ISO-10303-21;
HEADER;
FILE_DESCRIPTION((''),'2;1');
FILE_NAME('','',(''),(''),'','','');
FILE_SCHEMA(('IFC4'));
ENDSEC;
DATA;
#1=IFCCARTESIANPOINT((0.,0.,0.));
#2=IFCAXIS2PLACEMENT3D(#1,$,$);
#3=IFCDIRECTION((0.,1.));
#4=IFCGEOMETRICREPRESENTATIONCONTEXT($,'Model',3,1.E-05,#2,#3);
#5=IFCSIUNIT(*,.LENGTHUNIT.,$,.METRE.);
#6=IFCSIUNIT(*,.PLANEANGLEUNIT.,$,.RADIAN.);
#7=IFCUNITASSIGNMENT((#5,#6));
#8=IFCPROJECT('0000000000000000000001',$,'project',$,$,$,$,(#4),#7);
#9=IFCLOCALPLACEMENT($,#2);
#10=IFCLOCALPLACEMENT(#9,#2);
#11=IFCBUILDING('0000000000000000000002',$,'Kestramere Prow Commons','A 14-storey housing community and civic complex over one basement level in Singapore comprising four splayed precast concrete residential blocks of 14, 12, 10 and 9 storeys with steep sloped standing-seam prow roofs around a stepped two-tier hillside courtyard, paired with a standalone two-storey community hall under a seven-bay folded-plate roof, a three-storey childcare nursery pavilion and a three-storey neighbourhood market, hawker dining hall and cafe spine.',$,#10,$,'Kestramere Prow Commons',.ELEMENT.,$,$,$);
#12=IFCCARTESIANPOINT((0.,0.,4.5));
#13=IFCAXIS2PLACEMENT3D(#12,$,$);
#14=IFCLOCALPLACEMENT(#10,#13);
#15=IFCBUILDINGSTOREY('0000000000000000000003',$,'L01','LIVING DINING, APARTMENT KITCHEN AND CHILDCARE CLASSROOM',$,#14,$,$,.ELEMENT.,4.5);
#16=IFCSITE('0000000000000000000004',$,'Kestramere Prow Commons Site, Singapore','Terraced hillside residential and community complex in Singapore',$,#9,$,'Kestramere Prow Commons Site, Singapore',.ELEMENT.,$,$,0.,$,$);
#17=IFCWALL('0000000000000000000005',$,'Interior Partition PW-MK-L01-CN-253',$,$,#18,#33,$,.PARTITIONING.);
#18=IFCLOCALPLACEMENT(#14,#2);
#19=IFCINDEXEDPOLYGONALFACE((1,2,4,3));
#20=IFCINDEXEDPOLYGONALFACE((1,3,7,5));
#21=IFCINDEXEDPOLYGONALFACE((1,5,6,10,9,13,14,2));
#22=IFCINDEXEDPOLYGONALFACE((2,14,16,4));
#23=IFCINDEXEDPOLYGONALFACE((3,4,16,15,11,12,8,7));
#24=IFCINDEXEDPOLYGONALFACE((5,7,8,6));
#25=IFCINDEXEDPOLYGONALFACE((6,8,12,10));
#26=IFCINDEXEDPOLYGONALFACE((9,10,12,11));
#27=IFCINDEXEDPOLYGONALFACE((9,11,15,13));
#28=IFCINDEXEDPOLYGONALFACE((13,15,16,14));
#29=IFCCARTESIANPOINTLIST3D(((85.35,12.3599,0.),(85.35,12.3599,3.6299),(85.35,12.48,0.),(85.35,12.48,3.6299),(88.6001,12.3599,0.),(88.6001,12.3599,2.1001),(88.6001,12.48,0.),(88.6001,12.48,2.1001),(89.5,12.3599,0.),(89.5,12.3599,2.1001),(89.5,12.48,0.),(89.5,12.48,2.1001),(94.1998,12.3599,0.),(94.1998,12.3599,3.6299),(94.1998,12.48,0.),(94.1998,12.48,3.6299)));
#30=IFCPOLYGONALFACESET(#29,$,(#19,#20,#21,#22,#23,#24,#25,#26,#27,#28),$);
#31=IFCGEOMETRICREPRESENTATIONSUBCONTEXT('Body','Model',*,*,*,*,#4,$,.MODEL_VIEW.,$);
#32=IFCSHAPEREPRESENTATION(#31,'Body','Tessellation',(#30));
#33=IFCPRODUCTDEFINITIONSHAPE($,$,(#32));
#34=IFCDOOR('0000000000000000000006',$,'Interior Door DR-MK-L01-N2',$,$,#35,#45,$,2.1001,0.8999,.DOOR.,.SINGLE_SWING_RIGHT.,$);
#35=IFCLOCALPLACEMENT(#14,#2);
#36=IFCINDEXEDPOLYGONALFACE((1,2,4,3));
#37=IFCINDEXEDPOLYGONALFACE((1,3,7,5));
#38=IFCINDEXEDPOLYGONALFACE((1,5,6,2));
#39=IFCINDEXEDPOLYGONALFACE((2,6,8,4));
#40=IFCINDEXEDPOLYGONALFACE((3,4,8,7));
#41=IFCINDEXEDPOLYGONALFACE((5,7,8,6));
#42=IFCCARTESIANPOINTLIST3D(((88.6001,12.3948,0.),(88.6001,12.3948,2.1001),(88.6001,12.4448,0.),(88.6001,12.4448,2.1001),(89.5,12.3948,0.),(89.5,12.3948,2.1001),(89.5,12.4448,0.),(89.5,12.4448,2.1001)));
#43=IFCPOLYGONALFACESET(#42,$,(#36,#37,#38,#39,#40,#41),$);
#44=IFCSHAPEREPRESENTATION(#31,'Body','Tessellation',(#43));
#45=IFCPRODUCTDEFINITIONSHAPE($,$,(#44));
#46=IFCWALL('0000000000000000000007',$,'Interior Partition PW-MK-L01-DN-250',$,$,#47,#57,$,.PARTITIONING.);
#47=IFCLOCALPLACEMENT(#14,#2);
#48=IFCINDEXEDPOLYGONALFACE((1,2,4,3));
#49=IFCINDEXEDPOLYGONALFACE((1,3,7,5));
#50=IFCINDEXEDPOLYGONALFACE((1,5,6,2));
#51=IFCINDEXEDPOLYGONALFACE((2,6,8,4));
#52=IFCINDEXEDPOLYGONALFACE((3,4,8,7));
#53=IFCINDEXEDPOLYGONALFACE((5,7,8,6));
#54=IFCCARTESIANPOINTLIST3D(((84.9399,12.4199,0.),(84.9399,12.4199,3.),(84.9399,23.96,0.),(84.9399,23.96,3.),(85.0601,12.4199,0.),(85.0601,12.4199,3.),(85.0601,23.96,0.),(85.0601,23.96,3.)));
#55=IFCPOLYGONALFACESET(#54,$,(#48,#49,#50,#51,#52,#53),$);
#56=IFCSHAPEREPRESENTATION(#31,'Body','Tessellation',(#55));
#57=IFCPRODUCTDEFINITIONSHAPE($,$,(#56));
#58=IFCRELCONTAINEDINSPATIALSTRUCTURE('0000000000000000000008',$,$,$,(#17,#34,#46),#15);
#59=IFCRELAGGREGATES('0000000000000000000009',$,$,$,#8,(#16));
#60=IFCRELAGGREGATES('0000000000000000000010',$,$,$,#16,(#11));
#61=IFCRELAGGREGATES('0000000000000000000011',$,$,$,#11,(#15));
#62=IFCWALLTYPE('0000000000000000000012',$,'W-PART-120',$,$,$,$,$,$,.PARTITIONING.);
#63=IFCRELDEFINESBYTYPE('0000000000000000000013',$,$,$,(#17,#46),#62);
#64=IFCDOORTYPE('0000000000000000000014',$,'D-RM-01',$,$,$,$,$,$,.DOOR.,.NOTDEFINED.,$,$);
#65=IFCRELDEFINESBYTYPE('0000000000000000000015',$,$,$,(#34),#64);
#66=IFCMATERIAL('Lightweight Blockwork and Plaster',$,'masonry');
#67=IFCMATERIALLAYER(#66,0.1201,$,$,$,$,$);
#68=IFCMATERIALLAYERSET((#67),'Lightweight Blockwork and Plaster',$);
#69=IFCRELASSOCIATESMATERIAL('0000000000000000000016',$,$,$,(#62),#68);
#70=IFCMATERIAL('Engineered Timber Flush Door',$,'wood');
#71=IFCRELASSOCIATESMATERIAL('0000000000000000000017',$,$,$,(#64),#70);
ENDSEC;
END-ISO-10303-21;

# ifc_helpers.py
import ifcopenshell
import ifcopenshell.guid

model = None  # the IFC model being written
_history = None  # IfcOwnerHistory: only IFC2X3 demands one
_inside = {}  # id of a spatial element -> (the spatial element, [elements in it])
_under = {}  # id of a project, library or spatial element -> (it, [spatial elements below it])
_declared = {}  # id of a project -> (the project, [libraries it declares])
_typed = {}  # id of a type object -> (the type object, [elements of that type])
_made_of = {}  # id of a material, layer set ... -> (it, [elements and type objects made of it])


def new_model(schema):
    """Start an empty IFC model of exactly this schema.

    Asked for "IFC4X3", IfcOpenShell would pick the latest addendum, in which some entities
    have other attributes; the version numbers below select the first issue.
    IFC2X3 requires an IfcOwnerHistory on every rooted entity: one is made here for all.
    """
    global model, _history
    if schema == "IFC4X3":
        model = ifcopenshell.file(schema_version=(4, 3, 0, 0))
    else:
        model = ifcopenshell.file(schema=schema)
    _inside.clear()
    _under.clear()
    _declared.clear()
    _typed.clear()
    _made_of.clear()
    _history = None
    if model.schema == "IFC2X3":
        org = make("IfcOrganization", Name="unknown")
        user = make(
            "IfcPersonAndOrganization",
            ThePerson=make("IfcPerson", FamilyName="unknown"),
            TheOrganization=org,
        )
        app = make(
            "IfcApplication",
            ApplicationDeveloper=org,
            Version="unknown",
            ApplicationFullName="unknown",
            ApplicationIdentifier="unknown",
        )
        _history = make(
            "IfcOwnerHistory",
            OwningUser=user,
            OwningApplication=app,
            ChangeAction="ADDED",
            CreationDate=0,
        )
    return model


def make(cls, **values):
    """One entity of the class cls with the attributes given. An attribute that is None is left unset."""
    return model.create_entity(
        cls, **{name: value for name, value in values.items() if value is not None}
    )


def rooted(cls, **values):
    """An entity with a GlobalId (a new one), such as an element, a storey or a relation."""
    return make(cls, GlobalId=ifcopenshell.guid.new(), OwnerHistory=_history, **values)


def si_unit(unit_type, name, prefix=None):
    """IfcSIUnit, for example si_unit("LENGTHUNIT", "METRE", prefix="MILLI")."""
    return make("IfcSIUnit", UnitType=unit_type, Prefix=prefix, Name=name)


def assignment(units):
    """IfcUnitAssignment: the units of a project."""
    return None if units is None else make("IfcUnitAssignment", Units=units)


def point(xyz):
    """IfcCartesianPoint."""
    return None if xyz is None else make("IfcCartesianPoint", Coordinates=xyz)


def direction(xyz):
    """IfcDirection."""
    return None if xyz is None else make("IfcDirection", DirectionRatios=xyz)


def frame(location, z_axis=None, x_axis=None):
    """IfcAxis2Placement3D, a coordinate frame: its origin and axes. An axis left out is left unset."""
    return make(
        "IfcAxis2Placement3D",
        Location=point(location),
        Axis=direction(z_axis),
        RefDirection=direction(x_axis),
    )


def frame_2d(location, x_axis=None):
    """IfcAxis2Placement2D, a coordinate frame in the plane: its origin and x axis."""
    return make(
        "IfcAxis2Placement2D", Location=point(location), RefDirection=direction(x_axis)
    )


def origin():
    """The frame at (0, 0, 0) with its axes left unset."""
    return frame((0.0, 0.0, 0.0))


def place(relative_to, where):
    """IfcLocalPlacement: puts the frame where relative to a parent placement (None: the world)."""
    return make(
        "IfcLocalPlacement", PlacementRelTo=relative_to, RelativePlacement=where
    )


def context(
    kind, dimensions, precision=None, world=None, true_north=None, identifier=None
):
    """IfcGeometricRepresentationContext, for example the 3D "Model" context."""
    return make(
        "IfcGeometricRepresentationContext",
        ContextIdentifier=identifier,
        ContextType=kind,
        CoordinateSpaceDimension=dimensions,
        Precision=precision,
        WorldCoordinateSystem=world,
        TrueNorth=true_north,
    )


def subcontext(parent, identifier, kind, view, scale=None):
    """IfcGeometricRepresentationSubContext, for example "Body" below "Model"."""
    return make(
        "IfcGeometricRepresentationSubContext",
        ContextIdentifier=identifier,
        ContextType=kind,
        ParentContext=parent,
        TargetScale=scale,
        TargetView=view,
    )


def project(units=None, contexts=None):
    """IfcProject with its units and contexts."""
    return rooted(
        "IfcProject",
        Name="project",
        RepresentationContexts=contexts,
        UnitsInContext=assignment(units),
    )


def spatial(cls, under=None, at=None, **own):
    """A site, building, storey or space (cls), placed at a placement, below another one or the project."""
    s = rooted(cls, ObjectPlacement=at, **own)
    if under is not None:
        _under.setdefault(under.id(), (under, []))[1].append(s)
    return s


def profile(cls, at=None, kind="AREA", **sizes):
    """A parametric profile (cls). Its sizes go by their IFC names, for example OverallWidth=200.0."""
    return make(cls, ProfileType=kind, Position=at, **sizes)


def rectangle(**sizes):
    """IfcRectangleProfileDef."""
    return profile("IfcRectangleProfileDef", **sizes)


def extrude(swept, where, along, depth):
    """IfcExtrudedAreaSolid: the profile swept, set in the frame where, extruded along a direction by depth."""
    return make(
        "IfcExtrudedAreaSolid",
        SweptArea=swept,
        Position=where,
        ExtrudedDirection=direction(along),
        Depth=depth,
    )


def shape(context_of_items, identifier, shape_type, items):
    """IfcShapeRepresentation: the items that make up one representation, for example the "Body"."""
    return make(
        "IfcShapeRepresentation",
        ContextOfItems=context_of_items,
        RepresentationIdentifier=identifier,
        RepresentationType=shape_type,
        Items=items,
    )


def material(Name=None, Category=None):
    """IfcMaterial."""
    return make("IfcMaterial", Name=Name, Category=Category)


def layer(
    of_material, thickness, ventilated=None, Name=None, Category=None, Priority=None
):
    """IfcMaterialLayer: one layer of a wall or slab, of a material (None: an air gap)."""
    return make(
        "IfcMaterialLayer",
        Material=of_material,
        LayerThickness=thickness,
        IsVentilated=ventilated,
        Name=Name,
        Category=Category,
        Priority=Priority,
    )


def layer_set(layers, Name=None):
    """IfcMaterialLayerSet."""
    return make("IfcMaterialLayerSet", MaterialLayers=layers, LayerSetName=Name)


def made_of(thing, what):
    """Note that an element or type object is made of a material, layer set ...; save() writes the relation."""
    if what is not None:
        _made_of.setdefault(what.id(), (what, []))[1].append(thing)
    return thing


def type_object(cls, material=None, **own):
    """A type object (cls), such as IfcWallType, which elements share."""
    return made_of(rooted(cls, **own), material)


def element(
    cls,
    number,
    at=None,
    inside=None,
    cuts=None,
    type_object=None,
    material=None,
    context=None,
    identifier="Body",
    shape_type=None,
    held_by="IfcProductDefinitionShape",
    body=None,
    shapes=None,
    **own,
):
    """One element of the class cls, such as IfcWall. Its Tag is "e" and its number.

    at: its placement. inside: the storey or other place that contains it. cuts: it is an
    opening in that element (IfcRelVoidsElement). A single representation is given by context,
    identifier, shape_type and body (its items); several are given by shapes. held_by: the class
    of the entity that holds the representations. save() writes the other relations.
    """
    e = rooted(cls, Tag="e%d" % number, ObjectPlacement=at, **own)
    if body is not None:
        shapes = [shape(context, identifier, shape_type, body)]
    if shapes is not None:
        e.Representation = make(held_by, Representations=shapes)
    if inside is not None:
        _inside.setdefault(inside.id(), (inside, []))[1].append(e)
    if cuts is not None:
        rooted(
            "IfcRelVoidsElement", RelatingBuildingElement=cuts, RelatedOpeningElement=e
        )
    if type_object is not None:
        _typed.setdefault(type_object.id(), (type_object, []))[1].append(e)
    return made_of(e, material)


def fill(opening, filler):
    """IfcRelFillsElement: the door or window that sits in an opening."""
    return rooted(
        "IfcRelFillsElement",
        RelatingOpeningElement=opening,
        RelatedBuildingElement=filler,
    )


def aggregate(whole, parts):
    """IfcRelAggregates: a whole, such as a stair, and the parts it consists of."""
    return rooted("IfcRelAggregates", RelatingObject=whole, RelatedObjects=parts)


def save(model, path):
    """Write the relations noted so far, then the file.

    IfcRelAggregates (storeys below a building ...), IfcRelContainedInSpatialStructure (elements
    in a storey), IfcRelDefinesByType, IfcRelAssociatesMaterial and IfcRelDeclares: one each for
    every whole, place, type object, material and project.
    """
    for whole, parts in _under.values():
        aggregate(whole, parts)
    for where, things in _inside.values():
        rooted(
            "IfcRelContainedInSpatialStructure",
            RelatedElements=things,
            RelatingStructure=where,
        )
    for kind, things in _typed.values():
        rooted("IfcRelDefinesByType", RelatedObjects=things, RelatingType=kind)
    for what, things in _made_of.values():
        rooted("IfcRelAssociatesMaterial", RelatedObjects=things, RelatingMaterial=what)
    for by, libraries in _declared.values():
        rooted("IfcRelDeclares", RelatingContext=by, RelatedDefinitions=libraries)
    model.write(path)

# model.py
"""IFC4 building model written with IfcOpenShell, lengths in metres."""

from ifc_helpers import new_model, si_unit, direction, frame, frame_2d, origin, place, context, subcontext, project, spatial, rectangle, extrude, material, layer, layer_set, type_object, element, fill, save


model = new_model("IFC4")

# Units and contexts
model_context = context("Model", 3, precision=1e-05, world=origin(), true_north=direction((0.0, 1.0)))
body_context = subcontext(model_context, "Body", "Model", "MODEL_VIEW")
ifc_project = project(units=[si_unit("LENGTHUNIT", "METRE"), si_unit("PLANEANGLEUNIT", "RADIAN")], contexts=[model_context])

# Site, building, storey
site_placement = place(None, origin())
site = spatial("IfcSite", under=ifc_project, at=site_placement, Name="Kestramere Prow Commons Site, Singapore", Description="Terraced hillside residential and community complex in Singapore", LongName="Kestramere Prow Commons Site, Singapore", CompositionType="ELEMENT", RefElevation=0.0)
building_placement = place(site_placement, origin())
building = spatial("IfcBuilding", under=site, at=building_placement, Name="Kestramere Prow Commons", Description="A 14-storey housing community and civic complex over one basement level in Singapore comprising four splayed precast concrete residential blocks of 14, 12, 10 and 9 storeys with steep sloped standing-seam prow roofs around a stepped two-tier hillside courtyard, paired with a standalone two-storey community hall under a seven-bay folded-plate roof, a three-storey childcare nursery pavilion and a three-storey neighbourhood market, hawker dining hall and cafe spine.", LongName="Kestramere Prow Commons", CompositionType="ELEMENT")
storey_placement = place(building_placement, frame((0.0, 0.0, 4.5)))
storey = spatial("IfcBuildingStorey", under=building, at=storey_placement, Name="L01", Description="LIVING DINING, APARTMENT KITCHEN AND CHILDCARE CLASSROOM", CompositionType="ELEMENT", Elevation=4.5)

# Shared definitions
ifc_material_1 = material(Name="Lightweight Blockwork and Plaster", Category="masonry")
ifc_layer_1 = layer(ifc_material_1, 0.1201)
ifc_layer_set_1 = layer_set([ifc_layer_1], Name="Lightweight Blockwork and Plaster")
wall_type = type_object("IfcWallType", Name="W-PART-120", PredefinedType="PARTITIONING", material=ifc_layer_set_1)

# Wall, opening, door
wall_1_placement = place(storey_placement, frame((85.3501, 12.4199, 0.0), z_axis=(0.0, 0.0, 1.0), x_axis=(1.0, 0.0, 0.0)))
wall_1 = element("IfcWall", 1, at=wall_1_placement, inside=storey, type_object=wall_type, Name="Interior Partition PW-MK-L01-CN-253", PredefinedType="PARTITIONING", context=body_context, shape_type="SweptSolid", body=[
    extrude(rectangle(XDim=8.8499, YDim=0.1201, at=frame_2d((4.4248, 0.0))), origin(), (0.0, 0.0, 1.0), 3.6299),
])
opening_placement = place(wall_1_placement, frame((3.25, 0.0, 0.0)))
opening = element("IfcOpeningElement", 2, at=opening_placement, cuts=wall_1, PredefinedType="OPENING", context=body_context, shape_type="SweptSolid", body=[
    extrude(rectangle(XDim=0.8999, YDim=2.1001, at=frame_2d((0.45, 1.05))), frame((0.0, 0.075, 0.0), z_axis=(0.0, -1.0, 0.0), x_axis=(1.0, 0.0, 0.0)), (0.0, 0.0, 1.0), 0.1501),
])
ifc_material_2 = material(Name="Engineered Timber Flush Door", Category="wood")
door_type = type_object("IfcDoorType", Name="D-RM-01", OperationType="NOTDEFINED", PredefinedType="DOOR", material=ifc_material_2)
door_placement = place(opening_placement, origin())
door = element("IfcDoor", 3, at=door_placement, inside=storey, type_object=door_type, Name="Interior Door DR-MK-L01-N2", OperationType="SINGLE_SWING_RIGHT", OverallHeight=2.1001, OverallWidth=0.8999, PredefinedType="DOOR", context=body_context, shape_type="SweptSolid", body=[
    extrude(rectangle(XDim=0.8999, YDim=2.1001, at=frame_2d((0.45, 1.05))), frame((0.0, 0.0249, 0.0), z_axis=(0.0, -1.0, 0.0), x_axis=(1.0, 0.0, 0.0)), (0.0, 0.0, 1.0), 0.05),
])
fill(opening, door)

# Wall
wall_2_placement = place(storey_placement, frame((85.0, 12.4199, 0.0), z_axis=(0.0, 0.0, 1.0), x_axis=(0.0, 1.0, 0.0)))
element("IfcWall", 4, at=wall_2_placement, inside=storey, type_object=wall_type, Name="Interior Partition PW-MK-L01-DN-250", PredefinedType="PARTITIONING", context=body_context, shape_type="SweptSolid", body=[
    extrude(rectangle(XDim=11.54, YDim=0.1201, at=frame_2d((5.77, 0.0))), origin(), (0.0, 0.0, 1.0), 3.0),
])

save(model, "model.ifc")
